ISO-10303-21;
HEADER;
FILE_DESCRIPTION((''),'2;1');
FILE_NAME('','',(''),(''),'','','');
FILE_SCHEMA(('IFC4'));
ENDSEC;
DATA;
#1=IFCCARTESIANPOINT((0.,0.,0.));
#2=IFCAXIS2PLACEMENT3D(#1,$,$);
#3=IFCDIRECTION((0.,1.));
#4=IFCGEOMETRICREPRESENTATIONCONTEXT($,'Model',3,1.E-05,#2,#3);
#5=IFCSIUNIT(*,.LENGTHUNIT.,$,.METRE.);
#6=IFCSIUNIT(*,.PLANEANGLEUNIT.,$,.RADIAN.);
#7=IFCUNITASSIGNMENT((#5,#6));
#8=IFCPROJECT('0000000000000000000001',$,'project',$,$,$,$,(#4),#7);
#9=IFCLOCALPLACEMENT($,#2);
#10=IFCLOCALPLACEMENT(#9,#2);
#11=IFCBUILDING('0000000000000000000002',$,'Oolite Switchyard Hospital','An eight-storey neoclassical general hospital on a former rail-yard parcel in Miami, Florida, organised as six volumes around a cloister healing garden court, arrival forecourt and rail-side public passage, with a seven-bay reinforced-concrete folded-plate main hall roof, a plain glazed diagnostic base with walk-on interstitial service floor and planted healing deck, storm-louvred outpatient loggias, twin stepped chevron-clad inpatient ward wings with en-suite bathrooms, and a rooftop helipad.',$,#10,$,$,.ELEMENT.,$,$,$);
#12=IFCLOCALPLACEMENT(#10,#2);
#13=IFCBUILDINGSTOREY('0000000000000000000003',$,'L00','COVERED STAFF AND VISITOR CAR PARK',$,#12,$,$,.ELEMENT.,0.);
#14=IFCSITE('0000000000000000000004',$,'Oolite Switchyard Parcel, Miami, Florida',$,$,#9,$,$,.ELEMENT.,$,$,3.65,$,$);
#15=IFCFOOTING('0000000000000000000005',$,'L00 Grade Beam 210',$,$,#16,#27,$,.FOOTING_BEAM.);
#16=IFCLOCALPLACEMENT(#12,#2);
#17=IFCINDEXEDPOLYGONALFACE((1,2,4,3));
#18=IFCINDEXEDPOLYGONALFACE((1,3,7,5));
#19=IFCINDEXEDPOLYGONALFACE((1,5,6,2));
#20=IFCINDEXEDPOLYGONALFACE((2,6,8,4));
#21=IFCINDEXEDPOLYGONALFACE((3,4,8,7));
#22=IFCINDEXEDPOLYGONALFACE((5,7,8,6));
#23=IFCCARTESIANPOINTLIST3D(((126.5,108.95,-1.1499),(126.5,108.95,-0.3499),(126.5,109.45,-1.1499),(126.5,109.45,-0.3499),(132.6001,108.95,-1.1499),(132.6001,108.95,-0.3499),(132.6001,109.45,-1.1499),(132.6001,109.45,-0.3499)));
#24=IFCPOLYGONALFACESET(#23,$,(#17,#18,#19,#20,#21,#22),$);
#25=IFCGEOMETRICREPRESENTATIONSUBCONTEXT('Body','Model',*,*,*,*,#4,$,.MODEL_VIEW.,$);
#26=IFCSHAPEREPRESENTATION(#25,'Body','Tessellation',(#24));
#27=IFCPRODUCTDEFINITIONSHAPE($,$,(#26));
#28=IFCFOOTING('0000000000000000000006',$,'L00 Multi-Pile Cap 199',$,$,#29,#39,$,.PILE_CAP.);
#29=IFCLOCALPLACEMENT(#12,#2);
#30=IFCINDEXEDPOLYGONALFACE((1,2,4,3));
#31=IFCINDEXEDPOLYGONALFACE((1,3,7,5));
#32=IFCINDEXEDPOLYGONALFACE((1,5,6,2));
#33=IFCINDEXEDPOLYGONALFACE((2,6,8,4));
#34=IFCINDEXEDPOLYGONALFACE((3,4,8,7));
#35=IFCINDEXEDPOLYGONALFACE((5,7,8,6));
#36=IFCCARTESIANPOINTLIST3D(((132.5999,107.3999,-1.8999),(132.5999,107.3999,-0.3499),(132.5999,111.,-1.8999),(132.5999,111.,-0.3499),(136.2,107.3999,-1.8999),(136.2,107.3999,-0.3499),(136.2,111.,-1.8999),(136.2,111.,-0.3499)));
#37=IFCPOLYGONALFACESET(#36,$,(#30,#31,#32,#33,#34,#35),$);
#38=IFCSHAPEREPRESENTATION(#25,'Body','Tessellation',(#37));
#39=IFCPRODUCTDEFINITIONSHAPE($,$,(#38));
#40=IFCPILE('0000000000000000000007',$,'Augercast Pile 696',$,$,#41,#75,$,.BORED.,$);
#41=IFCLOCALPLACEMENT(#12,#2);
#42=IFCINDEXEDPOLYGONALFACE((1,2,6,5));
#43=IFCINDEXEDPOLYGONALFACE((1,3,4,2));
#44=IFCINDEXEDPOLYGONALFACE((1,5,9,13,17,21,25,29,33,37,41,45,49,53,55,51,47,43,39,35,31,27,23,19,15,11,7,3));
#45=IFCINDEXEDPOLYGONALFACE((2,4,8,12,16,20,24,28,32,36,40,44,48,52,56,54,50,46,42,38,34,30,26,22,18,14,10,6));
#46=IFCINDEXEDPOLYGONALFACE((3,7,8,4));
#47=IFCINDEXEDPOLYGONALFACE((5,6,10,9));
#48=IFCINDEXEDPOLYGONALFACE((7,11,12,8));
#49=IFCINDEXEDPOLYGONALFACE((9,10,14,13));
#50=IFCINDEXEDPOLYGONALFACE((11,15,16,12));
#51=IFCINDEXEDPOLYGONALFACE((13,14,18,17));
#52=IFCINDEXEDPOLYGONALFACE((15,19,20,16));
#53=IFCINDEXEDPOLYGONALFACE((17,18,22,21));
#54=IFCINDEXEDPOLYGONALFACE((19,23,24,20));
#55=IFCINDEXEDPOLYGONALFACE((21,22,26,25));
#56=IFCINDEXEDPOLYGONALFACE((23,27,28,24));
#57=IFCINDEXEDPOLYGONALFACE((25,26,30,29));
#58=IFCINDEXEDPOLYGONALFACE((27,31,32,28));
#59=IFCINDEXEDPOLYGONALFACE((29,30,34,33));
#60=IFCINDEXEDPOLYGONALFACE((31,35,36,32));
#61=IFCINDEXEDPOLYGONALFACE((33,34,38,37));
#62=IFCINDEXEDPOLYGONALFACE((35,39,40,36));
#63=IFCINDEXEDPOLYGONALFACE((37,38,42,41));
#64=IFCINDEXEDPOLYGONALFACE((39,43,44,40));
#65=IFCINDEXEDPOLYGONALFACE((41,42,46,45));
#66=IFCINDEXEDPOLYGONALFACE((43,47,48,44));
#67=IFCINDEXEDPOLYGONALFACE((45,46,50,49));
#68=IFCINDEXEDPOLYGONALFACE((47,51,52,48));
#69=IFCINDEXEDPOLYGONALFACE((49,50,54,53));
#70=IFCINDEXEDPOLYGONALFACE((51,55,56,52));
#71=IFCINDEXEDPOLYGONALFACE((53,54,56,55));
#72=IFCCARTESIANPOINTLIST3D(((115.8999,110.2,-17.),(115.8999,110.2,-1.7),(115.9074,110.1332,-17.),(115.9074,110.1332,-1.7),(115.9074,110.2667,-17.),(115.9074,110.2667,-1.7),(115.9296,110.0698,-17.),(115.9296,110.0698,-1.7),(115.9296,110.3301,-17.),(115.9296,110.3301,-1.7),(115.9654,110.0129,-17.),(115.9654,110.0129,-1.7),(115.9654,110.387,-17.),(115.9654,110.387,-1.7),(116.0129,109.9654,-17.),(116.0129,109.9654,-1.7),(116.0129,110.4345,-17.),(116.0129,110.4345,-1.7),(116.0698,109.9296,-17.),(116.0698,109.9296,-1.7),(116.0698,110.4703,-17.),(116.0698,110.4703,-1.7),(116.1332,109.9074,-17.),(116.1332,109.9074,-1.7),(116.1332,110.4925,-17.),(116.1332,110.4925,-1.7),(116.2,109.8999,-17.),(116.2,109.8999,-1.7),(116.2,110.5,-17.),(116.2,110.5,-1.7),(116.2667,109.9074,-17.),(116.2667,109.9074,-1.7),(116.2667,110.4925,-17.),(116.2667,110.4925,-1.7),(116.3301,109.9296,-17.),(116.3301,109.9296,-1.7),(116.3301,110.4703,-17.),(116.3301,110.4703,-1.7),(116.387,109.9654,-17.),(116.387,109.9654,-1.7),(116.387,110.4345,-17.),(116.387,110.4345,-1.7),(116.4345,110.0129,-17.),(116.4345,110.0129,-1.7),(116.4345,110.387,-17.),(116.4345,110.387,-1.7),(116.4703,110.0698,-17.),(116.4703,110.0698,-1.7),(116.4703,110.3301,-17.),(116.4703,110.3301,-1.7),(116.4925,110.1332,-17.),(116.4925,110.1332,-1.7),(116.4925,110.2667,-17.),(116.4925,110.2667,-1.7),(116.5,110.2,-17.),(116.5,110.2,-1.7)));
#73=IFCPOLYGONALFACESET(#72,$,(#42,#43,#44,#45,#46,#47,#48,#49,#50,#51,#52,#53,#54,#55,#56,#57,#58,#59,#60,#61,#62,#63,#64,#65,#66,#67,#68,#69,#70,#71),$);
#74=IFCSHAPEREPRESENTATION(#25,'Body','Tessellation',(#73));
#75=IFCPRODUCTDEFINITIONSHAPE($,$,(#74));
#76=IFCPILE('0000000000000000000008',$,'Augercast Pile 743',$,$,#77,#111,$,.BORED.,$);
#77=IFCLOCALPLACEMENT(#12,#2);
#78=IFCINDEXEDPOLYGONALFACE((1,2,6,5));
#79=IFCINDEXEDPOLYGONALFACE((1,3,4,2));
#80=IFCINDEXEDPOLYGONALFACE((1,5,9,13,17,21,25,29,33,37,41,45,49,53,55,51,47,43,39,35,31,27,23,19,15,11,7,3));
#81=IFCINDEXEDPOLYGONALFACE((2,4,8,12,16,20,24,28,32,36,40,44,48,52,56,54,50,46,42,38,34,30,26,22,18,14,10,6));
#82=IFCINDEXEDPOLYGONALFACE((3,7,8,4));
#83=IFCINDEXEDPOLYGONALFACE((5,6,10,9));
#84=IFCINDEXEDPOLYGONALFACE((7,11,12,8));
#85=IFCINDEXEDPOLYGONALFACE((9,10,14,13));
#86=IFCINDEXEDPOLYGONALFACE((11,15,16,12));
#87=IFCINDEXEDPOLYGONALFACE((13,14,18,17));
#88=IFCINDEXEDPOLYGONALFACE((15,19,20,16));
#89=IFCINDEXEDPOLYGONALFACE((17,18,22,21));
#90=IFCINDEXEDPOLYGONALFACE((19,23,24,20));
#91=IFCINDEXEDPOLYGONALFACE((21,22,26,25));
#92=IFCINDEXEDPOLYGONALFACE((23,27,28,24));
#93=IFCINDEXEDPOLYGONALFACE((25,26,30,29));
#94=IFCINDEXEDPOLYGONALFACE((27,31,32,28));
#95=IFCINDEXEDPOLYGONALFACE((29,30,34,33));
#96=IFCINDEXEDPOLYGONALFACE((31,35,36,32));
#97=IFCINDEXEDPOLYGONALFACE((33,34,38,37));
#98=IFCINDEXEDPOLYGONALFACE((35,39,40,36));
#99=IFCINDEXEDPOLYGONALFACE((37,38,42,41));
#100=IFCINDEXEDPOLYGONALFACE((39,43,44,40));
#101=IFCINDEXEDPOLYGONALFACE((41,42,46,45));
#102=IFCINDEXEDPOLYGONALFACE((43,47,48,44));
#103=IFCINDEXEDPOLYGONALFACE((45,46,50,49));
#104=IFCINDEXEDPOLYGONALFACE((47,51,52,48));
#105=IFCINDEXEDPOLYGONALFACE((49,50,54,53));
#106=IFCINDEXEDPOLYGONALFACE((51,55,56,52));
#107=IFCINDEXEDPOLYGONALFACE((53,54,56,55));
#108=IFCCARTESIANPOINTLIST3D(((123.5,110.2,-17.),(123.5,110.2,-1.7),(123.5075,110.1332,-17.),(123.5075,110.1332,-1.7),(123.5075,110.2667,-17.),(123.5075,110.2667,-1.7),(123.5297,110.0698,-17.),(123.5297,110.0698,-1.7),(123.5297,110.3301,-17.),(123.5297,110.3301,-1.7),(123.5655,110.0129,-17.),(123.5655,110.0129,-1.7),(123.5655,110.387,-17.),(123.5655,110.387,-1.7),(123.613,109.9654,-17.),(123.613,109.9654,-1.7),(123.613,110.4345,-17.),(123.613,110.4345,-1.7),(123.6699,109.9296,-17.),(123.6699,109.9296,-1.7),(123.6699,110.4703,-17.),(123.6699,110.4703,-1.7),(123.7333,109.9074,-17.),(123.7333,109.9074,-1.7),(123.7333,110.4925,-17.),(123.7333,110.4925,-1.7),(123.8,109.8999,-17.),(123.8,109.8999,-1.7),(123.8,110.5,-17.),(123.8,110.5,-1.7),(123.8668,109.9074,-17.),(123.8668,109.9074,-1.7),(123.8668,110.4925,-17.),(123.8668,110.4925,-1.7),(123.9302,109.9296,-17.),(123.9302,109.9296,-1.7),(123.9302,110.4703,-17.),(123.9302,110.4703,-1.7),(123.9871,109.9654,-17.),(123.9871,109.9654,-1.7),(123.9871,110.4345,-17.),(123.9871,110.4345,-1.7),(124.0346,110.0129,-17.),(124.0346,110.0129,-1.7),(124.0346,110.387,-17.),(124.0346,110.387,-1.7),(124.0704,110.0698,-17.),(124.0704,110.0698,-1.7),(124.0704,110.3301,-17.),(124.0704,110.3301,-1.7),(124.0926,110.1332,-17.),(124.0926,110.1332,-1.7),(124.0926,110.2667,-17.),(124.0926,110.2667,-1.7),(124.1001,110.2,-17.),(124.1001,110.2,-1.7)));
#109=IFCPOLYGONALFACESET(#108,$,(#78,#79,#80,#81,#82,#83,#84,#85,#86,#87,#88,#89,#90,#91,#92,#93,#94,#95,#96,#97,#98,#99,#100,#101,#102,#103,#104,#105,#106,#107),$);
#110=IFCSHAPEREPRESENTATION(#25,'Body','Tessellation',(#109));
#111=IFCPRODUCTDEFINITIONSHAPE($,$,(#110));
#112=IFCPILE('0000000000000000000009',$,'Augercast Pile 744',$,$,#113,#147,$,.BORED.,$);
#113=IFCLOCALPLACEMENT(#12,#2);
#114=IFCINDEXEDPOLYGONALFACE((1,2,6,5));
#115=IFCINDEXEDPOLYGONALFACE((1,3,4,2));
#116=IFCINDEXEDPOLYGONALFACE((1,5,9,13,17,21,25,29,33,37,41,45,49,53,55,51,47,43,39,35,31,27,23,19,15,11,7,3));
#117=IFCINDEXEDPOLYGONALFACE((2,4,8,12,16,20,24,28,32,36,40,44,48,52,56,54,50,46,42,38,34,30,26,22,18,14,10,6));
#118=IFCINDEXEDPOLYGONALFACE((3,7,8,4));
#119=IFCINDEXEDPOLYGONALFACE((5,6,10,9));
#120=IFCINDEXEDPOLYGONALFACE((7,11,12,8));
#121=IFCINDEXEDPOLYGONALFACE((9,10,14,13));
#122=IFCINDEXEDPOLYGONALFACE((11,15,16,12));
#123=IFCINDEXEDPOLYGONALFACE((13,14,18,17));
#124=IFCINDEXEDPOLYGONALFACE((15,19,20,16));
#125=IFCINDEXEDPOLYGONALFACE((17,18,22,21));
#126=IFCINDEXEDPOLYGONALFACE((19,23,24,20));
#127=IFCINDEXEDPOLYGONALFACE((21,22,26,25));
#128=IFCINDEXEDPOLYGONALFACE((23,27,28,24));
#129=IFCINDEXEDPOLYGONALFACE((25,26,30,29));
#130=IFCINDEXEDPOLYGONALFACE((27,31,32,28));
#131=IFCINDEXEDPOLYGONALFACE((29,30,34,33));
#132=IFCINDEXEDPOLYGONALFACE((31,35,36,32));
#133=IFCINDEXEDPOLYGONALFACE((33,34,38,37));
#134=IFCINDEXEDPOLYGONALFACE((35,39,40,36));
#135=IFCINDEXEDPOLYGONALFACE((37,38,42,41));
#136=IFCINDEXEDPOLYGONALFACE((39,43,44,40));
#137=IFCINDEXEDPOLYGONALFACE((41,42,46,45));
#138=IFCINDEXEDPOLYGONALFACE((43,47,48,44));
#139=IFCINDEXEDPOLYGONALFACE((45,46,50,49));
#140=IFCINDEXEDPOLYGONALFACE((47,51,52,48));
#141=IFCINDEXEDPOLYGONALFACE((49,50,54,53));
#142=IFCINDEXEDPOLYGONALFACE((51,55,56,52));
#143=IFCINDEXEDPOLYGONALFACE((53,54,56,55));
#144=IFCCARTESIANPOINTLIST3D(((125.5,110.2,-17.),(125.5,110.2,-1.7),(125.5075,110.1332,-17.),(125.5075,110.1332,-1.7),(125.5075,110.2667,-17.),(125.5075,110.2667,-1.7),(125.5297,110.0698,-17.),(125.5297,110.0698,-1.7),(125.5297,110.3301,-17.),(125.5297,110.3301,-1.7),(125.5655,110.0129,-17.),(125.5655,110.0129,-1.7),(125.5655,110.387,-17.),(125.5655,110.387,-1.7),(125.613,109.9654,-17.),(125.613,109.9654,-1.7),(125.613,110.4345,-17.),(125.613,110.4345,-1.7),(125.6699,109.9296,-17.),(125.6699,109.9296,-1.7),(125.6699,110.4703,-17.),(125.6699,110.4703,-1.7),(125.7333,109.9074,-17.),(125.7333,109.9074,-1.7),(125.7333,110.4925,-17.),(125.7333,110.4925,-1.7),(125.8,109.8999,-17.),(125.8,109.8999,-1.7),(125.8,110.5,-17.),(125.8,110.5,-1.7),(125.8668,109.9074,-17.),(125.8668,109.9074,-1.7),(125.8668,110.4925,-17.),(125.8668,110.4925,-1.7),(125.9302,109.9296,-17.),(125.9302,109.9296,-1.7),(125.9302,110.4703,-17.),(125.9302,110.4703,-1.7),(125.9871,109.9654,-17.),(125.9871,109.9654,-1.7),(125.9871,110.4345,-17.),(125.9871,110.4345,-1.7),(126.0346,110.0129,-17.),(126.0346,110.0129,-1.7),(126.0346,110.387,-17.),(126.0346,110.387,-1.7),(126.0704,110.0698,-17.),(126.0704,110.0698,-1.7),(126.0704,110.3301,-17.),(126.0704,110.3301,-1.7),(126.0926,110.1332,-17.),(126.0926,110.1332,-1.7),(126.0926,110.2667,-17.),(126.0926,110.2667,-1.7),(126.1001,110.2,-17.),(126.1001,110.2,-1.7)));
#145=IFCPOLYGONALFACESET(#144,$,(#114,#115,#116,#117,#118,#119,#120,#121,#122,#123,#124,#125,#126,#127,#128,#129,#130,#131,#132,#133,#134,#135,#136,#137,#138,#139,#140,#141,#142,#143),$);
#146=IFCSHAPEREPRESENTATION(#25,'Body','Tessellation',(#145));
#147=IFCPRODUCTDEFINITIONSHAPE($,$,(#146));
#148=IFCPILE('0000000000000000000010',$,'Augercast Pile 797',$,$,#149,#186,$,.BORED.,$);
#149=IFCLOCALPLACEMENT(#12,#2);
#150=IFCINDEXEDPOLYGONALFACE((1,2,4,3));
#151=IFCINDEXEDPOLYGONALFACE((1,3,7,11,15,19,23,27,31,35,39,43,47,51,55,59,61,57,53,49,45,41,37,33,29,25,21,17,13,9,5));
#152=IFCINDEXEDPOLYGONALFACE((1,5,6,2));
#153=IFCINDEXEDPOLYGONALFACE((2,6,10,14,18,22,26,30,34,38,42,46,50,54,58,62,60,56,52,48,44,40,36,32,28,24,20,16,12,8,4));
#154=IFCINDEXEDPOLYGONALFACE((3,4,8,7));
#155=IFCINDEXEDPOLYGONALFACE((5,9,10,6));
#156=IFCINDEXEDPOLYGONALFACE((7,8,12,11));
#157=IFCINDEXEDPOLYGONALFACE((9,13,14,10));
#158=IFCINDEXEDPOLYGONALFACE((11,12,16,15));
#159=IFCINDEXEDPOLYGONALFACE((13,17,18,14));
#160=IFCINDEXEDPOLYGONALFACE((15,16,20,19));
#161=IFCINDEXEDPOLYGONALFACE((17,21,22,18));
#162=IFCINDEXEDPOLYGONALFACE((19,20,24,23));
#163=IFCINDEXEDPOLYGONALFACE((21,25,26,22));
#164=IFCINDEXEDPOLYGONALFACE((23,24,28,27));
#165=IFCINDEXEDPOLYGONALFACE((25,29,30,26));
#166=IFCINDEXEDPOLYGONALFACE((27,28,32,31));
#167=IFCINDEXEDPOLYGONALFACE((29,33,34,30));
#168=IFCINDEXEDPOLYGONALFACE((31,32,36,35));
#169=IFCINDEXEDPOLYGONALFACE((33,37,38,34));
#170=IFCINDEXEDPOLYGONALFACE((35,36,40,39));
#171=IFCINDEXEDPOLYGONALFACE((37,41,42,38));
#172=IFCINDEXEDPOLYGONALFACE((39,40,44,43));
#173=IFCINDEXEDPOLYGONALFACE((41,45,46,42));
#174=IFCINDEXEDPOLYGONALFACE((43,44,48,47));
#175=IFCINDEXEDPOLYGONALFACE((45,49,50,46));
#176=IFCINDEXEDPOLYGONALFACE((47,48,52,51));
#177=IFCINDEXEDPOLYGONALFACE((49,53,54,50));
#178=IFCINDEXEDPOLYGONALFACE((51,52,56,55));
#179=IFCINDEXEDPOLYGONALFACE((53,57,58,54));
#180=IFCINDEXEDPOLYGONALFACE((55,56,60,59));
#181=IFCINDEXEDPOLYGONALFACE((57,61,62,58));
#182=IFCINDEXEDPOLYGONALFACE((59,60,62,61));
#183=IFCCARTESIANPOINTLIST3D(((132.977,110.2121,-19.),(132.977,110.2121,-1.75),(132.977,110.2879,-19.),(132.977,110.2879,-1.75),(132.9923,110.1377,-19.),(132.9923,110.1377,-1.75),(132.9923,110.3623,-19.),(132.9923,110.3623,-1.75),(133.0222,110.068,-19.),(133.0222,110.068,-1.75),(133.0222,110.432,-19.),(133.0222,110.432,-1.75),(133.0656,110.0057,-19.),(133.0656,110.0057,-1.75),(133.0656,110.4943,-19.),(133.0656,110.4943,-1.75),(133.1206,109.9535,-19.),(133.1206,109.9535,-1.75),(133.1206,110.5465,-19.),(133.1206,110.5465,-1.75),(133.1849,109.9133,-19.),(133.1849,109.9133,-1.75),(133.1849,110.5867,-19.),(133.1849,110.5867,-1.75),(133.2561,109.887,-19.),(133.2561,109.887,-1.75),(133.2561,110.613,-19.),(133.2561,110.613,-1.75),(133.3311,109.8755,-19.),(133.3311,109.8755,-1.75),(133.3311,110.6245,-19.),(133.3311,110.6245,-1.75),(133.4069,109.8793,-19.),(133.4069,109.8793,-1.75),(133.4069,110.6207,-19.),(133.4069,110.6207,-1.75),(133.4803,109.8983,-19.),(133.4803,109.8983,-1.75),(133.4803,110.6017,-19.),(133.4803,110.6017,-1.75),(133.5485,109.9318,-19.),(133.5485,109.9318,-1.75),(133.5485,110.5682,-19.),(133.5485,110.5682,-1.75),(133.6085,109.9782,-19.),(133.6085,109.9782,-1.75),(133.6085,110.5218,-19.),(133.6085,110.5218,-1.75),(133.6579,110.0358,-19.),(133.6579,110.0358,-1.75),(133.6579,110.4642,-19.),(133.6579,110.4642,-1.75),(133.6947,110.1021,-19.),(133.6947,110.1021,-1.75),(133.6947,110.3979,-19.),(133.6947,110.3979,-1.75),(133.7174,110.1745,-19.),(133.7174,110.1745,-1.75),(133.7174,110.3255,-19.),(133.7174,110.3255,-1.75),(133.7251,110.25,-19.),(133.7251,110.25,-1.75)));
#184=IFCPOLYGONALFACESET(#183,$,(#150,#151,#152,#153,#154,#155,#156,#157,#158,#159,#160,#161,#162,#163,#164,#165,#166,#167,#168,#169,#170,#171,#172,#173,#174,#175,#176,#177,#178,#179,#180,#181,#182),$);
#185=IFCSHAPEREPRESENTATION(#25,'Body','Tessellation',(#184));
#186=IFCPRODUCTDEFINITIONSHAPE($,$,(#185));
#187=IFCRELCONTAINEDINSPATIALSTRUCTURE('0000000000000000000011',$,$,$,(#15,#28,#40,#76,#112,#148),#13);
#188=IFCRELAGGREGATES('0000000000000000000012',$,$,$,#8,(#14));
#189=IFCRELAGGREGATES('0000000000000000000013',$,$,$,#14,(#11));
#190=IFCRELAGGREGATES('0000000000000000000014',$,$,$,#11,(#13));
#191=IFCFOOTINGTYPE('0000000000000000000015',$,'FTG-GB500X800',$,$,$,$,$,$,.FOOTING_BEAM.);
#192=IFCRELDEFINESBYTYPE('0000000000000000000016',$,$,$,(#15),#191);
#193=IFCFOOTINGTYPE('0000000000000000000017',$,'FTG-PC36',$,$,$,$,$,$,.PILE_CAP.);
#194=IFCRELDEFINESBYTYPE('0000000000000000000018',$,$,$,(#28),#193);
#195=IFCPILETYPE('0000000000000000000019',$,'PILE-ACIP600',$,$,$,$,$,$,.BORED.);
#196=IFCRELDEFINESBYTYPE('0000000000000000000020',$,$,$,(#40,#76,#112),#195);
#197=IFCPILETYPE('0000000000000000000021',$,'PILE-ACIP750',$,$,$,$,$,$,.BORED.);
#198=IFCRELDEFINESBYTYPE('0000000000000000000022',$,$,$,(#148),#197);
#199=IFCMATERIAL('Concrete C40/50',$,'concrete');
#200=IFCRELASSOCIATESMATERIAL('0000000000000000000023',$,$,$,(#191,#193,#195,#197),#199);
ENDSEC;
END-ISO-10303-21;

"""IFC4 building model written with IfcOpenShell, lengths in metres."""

from ifc_helpers import new_model, si_unit, direction, frame, origin, origin_2d, place, context, subcontext, project, spatial, rectangle, circle, extrude, material, material_profile, profile_set, type_object, element, save


model = new_model("IFC4")

# Units and contexts
model_context = context("Model", 3, precision=1e-05, world=origin(), true_north=direction((0.0, 1.0)))
body_context = subcontext(model_context, "Body", "Model", "MODEL_VIEW")
ifc_project = project(units=[si_unit("LENGTHUNIT", "METRE"), si_unit("PLANEANGLEUNIT", "RADIAN")], contexts=[model_context])

# Site, building, storey
site_placement = place(None, origin())
site = spatial("IfcSite", under=ifc_project, at=site_placement, Name="Oolite Switchyard Parcel, Miami, Florida", CompositionType="ELEMENT", RefElevation=3.65)
building_placement = place(site_placement, origin())
building = spatial("IfcBuilding", under=site, at=building_placement, Name="Oolite Switchyard Hospital", Description="An eight-storey neoclassical general hospital on a former rail-yard parcel in Miami, Florida, organised as six volumes around a cloister healing garden court, arrival forecourt and rail-side public passage, with a seven-bay reinforced-concrete folded-plate main hall roof, a plain glazed diagnostic base with walk-on interstitial service floor and planted healing deck, storm-louvred outpatient loggias, twin stepped chevron-clad inpatient ward wings with en-suite bathrooms, and a rooftop helipad.", CompositionType="ELEMENT")
storey_placement = place(building_placement, origin())
storey = spatial("IfcBuildingStorey", under=building, at=storey_placement, Name="L00", Description="COVERED STAFF AND VISITOR CAR PARK", CompositionType="ELEMENT", Elevation=0.0)

# Footings
ifc_material_1 = material(Name="Concrete C40/50", Category="concrete")
footing_type_1 = type_object("IfcFootingType", Name="FTG-GB500X800", PredefinedType="FOOTING_BEAM", material=ifc_material_1)
footing_1_placement = place(storey_placement, frame((129.55, 109.2, -1.1499), z_axis=(0.0, 0.0, 1.0), x_axis=(1.0, 0.0, 0.0)))
element("IfcFooting", 1, at=footing_1_placement, inside=storey, type_object=footing_type_1, Name="L00 Grade Beam 210", PredefinedType="FOOTING_BEAM", context=body_context, shape_type="SweptSolid", body=[
    extrude(rectangle(XDim=6.1001, YDim=0.5, at=origin_2d()), origin(), (0.0, 0.0, 1.0), 0.8),
])
footing_type_2 = type_object("IfcFootingType", Name="FTG-PC36", PredefinedType="PILE_CAP", material=ifc_material_1)
footing_2_placement = place(storey_placement, frame((134.3999, 109.2, -1.8999), z_axis=(0.0, 0.0, 1.0), x_axis=(1.0, 0.0, 0.0)))
element("IfcFooting", 2, at=footing_2_placement, inside=storey, type_object=footing_type_2, Name="L00 Multi-Pile Cap 199", PredefinedType="PILE_CAP", context=body_context, shape_type="SweptSolid", body=[
    extrude(rectangle(XDim=3.6001, YDim=3.6001, at=origin_2d()), origin(), (0.0, 0.0, 1.0), 1.55),
])

# Piles
ifc_material_profile_1 = material_profile(ifc_material_1, circle(Radius=0.3, at=origin_2d()), Name="PILE600")
ifc_profile_set_1 = profile_set([ifc_material_profile_1], Name="Concrete C40/50")
pile_type_1 = type_object("IfcPileType", Name="PILE-ACIP600", PredefinedType="BORED", material=ifc_profile_set_1)
for number, where, z_axis, x_axis, name in (
    (3, (116.2, 110.2, -1.7), (0.0, 0.0, -1.0), (1.0, 0.0, 0.0), "Augercast Pile 696"),
    (4, (123.8, 110.2, -1.7), (0.0, 0.0, -1.0), (1.0, 0.0, 0.0), "Augercast Pile 743"),
    (5, (125.8, 110.2, -1.7), (0.0, 0.0, -1.0), (1.0, 0.0, 0.0), "Augercast Pile 744"),
):
    element("IfcPile", number, at=place(storey_placement, frame(where, z_axis=z_axis, x_axis=x_axis)), inside=storey, type_object=pile_type_1, Name=name, PredefinedType="BORED", context=body_context, shape_type="SweptSolid", body=[
        extrude(circle(Radius=0.3, at=origin_2d()), origin(), (0.0, 0.0, 1.0), 15.3),
    ])
ifc_material_profile_2 = material_profile(ifc_material_1, circle(Radius=0.375, at=origin_2d()), Name="PILE750")
ifc_profile_set_2 = profile_set([ifc_material_profile_2], Name="Concrete C40/50")
pile_type_2 = type_object("IfcPileType", Name="PILE-ACIP750", PredefinedType="BORED", material=ifc_profile_set_2)
for number, where, z_axis, x_axis, name in (
    (6, (133.3501, 110.25, -1.75), (0.0, 0.0, -1.0), (1.0, 0.0, 0.0), "Augercast Pile 797"),
):
    element("IfcPile", number, at=place(storey_placement, frame(where, z_axis=z_axis, x_axis=x_axis)), inside=storey, type_object=pile_type_2, Name=name, PredefinedType="BORED", context=body_context, shape_type="SweptSolid", body=[
        extrude(circle(Radius=0.375, at=origin_2d()), origin(), (0.0, 0.0, 1.0), 17.25),
    ])

save(model, "model.ifc")
